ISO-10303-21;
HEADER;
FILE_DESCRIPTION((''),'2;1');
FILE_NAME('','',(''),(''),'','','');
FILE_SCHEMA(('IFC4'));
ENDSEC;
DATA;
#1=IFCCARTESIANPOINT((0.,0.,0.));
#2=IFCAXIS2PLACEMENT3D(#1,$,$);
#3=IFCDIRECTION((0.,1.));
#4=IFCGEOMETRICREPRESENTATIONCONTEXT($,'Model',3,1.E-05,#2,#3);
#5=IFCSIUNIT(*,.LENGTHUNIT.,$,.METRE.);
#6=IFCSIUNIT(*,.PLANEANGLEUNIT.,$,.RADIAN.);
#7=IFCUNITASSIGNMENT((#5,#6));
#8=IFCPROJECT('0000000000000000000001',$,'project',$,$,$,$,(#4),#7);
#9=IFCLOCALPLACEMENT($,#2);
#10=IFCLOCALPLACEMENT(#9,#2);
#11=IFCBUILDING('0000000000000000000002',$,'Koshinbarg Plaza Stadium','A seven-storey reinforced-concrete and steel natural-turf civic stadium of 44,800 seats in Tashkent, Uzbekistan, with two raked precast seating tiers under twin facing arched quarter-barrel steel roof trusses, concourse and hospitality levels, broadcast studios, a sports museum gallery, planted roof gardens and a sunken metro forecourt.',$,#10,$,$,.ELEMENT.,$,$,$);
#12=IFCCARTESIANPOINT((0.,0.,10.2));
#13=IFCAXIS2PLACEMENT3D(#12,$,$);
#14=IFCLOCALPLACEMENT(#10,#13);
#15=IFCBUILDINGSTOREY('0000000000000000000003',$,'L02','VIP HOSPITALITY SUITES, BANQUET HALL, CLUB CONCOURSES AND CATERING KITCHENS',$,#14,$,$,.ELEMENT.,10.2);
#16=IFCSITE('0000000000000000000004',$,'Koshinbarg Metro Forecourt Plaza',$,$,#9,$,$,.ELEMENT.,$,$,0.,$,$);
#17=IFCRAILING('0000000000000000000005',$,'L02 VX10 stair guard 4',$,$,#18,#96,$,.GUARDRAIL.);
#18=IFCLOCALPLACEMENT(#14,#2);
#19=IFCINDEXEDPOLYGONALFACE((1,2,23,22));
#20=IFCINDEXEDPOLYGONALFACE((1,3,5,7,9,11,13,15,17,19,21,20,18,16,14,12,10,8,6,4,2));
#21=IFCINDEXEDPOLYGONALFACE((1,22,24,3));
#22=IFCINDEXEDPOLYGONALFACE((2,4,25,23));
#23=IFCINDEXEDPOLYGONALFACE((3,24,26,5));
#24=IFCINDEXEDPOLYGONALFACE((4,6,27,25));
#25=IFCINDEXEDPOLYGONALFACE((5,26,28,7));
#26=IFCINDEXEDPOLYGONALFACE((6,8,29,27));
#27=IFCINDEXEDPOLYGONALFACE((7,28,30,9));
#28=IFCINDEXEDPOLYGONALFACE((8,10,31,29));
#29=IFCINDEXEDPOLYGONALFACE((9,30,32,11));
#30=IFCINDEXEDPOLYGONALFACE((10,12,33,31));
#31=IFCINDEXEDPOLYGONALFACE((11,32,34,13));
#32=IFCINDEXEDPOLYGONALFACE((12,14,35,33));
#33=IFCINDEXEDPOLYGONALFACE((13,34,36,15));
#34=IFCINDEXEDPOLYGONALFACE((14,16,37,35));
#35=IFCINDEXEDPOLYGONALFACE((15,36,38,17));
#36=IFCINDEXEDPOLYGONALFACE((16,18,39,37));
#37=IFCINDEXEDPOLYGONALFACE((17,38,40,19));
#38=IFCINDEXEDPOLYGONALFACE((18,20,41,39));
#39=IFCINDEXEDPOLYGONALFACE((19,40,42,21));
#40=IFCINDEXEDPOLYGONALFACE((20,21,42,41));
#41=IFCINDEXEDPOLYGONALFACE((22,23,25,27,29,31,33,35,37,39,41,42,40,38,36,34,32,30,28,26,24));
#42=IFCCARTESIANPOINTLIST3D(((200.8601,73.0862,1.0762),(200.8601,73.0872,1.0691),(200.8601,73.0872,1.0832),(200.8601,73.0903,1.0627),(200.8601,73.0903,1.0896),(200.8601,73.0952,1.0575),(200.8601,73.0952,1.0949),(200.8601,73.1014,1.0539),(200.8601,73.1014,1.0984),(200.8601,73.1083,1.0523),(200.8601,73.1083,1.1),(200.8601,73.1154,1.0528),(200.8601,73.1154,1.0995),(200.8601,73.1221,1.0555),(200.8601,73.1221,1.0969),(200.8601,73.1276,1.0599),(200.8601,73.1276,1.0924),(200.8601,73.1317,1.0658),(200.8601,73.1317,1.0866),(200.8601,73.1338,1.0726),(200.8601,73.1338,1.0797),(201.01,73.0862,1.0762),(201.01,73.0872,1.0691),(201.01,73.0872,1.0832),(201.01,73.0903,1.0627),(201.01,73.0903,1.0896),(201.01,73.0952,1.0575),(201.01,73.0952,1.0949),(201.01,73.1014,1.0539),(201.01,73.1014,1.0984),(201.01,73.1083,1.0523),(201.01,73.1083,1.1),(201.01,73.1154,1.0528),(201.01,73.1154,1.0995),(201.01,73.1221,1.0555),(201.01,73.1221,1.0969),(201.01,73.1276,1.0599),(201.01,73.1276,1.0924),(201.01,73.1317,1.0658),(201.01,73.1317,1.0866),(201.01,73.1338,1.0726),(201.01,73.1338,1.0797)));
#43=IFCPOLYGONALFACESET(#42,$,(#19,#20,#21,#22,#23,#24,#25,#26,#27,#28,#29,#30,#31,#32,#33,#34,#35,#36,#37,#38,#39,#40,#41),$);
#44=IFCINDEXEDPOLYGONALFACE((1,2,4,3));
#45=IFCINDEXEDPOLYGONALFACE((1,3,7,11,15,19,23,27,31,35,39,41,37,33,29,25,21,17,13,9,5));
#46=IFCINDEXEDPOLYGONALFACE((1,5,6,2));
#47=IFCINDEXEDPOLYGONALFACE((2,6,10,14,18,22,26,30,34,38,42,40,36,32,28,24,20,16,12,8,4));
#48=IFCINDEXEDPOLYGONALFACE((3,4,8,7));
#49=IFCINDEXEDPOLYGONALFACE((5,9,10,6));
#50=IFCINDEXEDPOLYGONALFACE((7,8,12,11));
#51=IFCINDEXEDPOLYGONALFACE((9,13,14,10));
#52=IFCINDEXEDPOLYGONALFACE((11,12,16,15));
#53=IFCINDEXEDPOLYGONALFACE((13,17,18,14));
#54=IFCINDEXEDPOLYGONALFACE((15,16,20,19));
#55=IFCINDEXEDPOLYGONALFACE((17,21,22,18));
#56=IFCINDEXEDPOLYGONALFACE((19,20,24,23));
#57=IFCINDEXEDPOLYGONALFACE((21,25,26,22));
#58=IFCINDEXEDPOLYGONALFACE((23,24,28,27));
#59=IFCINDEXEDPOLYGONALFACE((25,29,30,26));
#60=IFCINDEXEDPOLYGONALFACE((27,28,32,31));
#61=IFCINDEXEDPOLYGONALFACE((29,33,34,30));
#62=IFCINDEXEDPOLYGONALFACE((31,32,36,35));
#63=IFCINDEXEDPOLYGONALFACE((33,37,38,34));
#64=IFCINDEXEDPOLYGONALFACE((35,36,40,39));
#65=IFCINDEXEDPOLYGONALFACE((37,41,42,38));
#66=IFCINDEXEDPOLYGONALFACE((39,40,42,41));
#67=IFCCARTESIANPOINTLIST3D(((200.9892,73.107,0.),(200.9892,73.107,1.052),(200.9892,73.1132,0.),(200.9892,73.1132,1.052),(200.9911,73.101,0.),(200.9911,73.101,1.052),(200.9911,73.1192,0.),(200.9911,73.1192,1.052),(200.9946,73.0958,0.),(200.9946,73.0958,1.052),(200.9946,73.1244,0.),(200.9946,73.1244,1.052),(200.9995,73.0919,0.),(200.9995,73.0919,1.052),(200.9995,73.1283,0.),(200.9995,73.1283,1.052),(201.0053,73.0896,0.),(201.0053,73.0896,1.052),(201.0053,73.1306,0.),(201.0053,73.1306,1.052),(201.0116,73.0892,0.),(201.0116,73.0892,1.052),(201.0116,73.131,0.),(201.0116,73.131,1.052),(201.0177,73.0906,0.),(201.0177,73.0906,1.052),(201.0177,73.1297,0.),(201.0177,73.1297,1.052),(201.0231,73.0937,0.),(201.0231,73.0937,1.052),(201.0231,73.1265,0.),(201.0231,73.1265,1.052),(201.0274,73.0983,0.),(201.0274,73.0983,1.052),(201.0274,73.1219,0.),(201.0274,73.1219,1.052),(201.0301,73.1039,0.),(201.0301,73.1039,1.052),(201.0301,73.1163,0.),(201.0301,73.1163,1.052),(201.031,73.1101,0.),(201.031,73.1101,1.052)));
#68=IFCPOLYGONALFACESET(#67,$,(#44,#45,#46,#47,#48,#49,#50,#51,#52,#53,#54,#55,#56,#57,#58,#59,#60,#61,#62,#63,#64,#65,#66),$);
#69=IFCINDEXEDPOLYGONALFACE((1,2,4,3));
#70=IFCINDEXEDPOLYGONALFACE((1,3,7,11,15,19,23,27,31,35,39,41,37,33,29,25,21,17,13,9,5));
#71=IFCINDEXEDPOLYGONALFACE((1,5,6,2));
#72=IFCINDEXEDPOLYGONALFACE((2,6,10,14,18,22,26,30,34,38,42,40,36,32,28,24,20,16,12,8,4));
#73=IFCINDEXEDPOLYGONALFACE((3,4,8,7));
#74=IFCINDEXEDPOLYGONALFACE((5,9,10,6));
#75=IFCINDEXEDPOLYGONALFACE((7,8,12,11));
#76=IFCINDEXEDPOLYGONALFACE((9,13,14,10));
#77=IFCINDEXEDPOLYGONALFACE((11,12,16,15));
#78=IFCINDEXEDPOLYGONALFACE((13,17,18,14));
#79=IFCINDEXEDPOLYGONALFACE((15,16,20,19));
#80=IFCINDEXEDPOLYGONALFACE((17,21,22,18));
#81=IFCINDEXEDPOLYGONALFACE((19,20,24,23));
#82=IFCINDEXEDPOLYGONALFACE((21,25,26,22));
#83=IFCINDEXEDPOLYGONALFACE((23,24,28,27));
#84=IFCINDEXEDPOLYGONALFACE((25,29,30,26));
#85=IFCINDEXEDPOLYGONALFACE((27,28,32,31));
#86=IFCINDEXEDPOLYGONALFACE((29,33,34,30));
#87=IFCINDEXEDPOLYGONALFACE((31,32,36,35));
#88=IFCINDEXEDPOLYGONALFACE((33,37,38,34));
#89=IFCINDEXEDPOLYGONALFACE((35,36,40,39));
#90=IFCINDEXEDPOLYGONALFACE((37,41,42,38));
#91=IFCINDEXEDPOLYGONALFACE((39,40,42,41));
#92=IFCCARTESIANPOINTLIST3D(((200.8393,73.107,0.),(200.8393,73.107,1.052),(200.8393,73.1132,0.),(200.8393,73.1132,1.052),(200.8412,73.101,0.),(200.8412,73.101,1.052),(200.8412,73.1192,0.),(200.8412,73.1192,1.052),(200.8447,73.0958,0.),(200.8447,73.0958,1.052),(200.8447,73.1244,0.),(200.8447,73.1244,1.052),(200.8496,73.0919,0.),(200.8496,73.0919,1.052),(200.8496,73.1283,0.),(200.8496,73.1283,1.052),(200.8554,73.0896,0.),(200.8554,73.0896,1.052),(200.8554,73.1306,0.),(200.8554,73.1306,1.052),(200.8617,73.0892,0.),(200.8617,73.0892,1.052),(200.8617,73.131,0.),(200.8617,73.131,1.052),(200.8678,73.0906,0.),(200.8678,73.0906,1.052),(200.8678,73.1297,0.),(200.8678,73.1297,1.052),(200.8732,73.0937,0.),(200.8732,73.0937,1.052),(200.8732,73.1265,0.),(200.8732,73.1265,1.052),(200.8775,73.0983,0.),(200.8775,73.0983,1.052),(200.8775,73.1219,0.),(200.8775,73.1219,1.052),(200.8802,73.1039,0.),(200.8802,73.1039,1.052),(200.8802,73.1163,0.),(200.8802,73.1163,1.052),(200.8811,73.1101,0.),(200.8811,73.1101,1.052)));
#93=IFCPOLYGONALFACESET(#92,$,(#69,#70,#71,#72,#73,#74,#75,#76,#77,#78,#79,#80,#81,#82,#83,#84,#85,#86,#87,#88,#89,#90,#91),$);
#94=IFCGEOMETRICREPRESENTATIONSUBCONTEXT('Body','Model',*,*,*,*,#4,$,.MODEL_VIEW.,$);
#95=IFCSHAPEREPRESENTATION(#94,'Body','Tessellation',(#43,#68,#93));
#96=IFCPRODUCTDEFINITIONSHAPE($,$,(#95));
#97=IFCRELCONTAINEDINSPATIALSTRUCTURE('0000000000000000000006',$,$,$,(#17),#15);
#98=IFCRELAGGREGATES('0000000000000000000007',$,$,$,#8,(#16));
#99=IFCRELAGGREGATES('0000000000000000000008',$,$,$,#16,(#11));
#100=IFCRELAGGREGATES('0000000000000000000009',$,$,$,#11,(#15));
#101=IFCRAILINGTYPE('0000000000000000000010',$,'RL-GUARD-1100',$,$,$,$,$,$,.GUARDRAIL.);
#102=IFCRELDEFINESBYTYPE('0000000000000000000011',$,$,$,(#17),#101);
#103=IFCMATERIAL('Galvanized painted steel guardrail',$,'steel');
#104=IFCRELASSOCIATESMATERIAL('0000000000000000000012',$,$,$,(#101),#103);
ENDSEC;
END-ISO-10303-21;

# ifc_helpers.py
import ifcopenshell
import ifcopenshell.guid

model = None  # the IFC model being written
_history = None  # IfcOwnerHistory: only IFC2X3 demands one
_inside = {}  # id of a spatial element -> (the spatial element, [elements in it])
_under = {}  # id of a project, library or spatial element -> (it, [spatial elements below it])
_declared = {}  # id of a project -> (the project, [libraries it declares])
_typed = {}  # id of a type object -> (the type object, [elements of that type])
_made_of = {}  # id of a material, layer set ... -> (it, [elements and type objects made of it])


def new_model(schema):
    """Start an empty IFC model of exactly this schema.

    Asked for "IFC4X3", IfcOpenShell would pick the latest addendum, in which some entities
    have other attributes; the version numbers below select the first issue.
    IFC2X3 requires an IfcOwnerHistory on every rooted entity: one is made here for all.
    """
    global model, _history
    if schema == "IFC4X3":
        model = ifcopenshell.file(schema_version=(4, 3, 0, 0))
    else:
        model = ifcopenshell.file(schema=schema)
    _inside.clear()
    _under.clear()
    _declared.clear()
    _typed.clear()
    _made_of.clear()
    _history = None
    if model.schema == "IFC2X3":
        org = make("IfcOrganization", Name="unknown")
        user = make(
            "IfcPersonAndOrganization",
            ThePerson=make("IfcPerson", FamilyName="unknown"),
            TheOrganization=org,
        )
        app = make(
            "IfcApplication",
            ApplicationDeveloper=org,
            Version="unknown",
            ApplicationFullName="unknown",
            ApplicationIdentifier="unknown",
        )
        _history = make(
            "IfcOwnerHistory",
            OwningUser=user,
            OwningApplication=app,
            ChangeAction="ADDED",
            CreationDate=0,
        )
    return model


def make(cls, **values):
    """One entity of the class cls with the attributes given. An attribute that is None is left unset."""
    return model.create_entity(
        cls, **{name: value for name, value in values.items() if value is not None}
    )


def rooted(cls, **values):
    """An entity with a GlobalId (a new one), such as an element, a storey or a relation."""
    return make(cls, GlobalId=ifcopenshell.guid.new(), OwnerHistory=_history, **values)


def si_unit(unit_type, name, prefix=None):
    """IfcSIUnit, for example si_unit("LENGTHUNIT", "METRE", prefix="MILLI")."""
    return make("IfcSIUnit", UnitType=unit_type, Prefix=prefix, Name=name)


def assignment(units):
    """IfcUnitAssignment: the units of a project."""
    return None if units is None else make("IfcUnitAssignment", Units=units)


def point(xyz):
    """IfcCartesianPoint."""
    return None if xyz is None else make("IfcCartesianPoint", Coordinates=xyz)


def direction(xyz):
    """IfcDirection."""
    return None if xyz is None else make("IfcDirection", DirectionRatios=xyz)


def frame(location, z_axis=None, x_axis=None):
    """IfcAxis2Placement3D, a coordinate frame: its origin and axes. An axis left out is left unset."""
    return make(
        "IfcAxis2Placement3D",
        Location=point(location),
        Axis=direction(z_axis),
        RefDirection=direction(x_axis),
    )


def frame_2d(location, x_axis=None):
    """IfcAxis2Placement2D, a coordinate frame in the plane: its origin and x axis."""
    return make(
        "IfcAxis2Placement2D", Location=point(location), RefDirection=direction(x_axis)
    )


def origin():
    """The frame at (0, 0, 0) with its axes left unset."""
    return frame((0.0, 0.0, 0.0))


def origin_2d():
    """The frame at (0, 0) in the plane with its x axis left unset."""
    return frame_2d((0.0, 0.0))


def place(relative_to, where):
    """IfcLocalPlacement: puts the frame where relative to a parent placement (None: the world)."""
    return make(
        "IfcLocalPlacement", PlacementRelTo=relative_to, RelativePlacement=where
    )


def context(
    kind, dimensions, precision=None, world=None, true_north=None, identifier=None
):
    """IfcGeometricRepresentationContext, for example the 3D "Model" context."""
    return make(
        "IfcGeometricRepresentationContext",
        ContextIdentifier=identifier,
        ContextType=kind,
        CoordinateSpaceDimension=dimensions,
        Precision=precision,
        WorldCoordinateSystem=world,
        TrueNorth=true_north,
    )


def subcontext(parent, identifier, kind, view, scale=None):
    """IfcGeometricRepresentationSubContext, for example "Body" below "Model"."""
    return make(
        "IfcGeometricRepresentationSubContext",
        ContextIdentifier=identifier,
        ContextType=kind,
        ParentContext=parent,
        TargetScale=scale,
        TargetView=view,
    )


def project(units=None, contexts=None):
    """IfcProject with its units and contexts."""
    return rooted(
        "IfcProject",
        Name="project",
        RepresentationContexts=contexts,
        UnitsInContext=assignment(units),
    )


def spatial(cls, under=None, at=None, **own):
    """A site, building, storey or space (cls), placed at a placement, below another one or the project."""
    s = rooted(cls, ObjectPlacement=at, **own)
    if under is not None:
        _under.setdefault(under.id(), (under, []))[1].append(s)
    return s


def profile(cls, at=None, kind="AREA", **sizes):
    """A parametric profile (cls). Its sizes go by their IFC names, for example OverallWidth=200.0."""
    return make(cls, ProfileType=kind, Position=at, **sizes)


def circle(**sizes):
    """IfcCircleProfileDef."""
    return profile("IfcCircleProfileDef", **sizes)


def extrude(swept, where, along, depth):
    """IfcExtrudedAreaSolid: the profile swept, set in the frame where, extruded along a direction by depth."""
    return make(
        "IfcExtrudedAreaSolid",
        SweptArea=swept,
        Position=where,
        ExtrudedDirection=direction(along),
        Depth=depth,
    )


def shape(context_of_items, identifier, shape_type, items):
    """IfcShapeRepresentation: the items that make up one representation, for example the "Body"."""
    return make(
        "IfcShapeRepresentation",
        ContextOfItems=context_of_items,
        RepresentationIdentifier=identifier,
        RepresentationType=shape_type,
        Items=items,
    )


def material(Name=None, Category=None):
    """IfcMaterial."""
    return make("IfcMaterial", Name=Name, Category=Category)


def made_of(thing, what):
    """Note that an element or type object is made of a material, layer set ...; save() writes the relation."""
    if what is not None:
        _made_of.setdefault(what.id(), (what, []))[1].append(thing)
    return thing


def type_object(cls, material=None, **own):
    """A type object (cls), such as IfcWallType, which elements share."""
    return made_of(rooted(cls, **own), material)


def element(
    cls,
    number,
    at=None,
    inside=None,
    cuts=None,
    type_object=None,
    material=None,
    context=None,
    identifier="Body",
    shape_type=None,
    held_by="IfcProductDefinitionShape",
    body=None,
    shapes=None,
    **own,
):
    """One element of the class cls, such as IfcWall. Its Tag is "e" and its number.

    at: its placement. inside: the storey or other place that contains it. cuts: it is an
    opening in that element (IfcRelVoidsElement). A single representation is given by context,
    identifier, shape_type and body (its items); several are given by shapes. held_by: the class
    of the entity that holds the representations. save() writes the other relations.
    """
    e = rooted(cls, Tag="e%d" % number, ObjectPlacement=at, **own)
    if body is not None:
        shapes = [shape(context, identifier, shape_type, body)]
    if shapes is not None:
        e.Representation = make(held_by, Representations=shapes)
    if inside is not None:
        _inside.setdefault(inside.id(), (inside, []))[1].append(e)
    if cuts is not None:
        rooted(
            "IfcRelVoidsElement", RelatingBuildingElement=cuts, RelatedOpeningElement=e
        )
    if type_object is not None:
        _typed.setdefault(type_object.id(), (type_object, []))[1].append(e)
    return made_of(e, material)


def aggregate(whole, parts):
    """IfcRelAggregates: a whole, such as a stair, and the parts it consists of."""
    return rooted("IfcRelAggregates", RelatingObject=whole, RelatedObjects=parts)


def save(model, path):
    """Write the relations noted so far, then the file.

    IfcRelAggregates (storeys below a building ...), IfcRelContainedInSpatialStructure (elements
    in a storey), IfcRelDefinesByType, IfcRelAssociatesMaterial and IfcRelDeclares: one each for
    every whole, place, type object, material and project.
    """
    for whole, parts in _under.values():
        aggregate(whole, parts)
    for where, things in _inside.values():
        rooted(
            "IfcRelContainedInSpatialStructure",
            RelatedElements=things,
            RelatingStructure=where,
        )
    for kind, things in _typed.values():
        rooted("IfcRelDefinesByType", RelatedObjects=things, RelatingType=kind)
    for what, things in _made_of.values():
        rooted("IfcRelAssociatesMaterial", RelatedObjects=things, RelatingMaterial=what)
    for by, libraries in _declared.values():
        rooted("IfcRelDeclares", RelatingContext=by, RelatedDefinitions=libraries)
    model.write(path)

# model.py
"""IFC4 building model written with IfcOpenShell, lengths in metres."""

from ifc_helpers import new_model, si_unit, direction, frame, origin, origin_2d, place, context, subcontext, project, spatial, circle, extrude, material, type_object, element, save


model = new_model("IFC4")

# Units and contexts
model_context = context("Model", 3, precision=1e-05, world=origin(), true_north=direction((0.0, 1.0)))
body_context = subcontext(model_context, "Body", "Model", "MODEL_VIEW")
ifc_project = project(units=[si_unit("LENGTHUNIT", "METRE"), si_unit("PLANEANGLEUNIT", "RADIAN")], contexts=[model_context])

# Site, building, storey
site_placement = place(None, origin())
site = spatial("IfcSite", under=ifc_project, at=site_placement, Name="Koshinbarg Metro Forecourt Plaza", CompositionType="ELEMENT", RefElevation=0.0)
building_placement = place(site_placement, origin())
building = spatial("IfcBuilding", under=site, at=building_placement, Name="Koshinbarg Plaza Stadium", Description="A seven-storey reinforced-concrete and steel natural-turf civic stadium of 44,800 seats in Tashkent, Uzbekistan, with two raked precast seating tiers under twin facing arched quarter-barrel steel roof trusses, concourse and hospitality levels, broadcast studios, a sports museum gallery, planted roof gardens and a sunken metro forecourt.", CompositionType="ELEMENT")
storey_placement = place(building_placement, frame((0.0, 0.0, 10.2)))
storey = spatial("IfcBuildingStorey", under=building, at=storey_placement, Name="L02", Description="VIP HOSPITALITY SUITES, BANQUET HALL, CLUB CONCOURSES AND CATERING KITCHENS", CompositionType="ELEMENT", Elevation=10.2)

# Railing
ifc_material_1 = material(Name="Galvanized painted steel guardrail", Category="steel")
railing_type_1 = type_object("IfcRailingType", Name="RL-GUARD-1100", PredefinedType="GUARDRAIL", material=ifc_material_1)
railing_1_placement = place(storey_placement, frame((201.01, 73.1101, 0.0)))
element("IfcRailing", 1, at=railing_1_placement, inside=storey, type_object=railing_type_1, Name="L02 VX10 stair guard 4", PredefinedType="GUARDRAIL", context=body_context, shape_type="SweptSolid", body=[
    extrude(circle(Radius=0.0239, at=origin_2d()), frame((0.0, 0.0, 1.0762), z_axis=(-1.0, 0.0, 0.0), x_axis=(0.0, -1.0, 0.0)), (0.0, 0.0, 1.0), 0.1499),
    extrude(circle(Radius=0.021, at=origin_2d()), origin(), (0.0, 0.0, 1.0), 1.052),
    extrude(circle(Radius=0.021, at=origin_2d()), frame((-0.1499, 0.0, 0.0)), (0.0, 0.0, 1.0), 1.052),
])

save(model, "model.ifc")
